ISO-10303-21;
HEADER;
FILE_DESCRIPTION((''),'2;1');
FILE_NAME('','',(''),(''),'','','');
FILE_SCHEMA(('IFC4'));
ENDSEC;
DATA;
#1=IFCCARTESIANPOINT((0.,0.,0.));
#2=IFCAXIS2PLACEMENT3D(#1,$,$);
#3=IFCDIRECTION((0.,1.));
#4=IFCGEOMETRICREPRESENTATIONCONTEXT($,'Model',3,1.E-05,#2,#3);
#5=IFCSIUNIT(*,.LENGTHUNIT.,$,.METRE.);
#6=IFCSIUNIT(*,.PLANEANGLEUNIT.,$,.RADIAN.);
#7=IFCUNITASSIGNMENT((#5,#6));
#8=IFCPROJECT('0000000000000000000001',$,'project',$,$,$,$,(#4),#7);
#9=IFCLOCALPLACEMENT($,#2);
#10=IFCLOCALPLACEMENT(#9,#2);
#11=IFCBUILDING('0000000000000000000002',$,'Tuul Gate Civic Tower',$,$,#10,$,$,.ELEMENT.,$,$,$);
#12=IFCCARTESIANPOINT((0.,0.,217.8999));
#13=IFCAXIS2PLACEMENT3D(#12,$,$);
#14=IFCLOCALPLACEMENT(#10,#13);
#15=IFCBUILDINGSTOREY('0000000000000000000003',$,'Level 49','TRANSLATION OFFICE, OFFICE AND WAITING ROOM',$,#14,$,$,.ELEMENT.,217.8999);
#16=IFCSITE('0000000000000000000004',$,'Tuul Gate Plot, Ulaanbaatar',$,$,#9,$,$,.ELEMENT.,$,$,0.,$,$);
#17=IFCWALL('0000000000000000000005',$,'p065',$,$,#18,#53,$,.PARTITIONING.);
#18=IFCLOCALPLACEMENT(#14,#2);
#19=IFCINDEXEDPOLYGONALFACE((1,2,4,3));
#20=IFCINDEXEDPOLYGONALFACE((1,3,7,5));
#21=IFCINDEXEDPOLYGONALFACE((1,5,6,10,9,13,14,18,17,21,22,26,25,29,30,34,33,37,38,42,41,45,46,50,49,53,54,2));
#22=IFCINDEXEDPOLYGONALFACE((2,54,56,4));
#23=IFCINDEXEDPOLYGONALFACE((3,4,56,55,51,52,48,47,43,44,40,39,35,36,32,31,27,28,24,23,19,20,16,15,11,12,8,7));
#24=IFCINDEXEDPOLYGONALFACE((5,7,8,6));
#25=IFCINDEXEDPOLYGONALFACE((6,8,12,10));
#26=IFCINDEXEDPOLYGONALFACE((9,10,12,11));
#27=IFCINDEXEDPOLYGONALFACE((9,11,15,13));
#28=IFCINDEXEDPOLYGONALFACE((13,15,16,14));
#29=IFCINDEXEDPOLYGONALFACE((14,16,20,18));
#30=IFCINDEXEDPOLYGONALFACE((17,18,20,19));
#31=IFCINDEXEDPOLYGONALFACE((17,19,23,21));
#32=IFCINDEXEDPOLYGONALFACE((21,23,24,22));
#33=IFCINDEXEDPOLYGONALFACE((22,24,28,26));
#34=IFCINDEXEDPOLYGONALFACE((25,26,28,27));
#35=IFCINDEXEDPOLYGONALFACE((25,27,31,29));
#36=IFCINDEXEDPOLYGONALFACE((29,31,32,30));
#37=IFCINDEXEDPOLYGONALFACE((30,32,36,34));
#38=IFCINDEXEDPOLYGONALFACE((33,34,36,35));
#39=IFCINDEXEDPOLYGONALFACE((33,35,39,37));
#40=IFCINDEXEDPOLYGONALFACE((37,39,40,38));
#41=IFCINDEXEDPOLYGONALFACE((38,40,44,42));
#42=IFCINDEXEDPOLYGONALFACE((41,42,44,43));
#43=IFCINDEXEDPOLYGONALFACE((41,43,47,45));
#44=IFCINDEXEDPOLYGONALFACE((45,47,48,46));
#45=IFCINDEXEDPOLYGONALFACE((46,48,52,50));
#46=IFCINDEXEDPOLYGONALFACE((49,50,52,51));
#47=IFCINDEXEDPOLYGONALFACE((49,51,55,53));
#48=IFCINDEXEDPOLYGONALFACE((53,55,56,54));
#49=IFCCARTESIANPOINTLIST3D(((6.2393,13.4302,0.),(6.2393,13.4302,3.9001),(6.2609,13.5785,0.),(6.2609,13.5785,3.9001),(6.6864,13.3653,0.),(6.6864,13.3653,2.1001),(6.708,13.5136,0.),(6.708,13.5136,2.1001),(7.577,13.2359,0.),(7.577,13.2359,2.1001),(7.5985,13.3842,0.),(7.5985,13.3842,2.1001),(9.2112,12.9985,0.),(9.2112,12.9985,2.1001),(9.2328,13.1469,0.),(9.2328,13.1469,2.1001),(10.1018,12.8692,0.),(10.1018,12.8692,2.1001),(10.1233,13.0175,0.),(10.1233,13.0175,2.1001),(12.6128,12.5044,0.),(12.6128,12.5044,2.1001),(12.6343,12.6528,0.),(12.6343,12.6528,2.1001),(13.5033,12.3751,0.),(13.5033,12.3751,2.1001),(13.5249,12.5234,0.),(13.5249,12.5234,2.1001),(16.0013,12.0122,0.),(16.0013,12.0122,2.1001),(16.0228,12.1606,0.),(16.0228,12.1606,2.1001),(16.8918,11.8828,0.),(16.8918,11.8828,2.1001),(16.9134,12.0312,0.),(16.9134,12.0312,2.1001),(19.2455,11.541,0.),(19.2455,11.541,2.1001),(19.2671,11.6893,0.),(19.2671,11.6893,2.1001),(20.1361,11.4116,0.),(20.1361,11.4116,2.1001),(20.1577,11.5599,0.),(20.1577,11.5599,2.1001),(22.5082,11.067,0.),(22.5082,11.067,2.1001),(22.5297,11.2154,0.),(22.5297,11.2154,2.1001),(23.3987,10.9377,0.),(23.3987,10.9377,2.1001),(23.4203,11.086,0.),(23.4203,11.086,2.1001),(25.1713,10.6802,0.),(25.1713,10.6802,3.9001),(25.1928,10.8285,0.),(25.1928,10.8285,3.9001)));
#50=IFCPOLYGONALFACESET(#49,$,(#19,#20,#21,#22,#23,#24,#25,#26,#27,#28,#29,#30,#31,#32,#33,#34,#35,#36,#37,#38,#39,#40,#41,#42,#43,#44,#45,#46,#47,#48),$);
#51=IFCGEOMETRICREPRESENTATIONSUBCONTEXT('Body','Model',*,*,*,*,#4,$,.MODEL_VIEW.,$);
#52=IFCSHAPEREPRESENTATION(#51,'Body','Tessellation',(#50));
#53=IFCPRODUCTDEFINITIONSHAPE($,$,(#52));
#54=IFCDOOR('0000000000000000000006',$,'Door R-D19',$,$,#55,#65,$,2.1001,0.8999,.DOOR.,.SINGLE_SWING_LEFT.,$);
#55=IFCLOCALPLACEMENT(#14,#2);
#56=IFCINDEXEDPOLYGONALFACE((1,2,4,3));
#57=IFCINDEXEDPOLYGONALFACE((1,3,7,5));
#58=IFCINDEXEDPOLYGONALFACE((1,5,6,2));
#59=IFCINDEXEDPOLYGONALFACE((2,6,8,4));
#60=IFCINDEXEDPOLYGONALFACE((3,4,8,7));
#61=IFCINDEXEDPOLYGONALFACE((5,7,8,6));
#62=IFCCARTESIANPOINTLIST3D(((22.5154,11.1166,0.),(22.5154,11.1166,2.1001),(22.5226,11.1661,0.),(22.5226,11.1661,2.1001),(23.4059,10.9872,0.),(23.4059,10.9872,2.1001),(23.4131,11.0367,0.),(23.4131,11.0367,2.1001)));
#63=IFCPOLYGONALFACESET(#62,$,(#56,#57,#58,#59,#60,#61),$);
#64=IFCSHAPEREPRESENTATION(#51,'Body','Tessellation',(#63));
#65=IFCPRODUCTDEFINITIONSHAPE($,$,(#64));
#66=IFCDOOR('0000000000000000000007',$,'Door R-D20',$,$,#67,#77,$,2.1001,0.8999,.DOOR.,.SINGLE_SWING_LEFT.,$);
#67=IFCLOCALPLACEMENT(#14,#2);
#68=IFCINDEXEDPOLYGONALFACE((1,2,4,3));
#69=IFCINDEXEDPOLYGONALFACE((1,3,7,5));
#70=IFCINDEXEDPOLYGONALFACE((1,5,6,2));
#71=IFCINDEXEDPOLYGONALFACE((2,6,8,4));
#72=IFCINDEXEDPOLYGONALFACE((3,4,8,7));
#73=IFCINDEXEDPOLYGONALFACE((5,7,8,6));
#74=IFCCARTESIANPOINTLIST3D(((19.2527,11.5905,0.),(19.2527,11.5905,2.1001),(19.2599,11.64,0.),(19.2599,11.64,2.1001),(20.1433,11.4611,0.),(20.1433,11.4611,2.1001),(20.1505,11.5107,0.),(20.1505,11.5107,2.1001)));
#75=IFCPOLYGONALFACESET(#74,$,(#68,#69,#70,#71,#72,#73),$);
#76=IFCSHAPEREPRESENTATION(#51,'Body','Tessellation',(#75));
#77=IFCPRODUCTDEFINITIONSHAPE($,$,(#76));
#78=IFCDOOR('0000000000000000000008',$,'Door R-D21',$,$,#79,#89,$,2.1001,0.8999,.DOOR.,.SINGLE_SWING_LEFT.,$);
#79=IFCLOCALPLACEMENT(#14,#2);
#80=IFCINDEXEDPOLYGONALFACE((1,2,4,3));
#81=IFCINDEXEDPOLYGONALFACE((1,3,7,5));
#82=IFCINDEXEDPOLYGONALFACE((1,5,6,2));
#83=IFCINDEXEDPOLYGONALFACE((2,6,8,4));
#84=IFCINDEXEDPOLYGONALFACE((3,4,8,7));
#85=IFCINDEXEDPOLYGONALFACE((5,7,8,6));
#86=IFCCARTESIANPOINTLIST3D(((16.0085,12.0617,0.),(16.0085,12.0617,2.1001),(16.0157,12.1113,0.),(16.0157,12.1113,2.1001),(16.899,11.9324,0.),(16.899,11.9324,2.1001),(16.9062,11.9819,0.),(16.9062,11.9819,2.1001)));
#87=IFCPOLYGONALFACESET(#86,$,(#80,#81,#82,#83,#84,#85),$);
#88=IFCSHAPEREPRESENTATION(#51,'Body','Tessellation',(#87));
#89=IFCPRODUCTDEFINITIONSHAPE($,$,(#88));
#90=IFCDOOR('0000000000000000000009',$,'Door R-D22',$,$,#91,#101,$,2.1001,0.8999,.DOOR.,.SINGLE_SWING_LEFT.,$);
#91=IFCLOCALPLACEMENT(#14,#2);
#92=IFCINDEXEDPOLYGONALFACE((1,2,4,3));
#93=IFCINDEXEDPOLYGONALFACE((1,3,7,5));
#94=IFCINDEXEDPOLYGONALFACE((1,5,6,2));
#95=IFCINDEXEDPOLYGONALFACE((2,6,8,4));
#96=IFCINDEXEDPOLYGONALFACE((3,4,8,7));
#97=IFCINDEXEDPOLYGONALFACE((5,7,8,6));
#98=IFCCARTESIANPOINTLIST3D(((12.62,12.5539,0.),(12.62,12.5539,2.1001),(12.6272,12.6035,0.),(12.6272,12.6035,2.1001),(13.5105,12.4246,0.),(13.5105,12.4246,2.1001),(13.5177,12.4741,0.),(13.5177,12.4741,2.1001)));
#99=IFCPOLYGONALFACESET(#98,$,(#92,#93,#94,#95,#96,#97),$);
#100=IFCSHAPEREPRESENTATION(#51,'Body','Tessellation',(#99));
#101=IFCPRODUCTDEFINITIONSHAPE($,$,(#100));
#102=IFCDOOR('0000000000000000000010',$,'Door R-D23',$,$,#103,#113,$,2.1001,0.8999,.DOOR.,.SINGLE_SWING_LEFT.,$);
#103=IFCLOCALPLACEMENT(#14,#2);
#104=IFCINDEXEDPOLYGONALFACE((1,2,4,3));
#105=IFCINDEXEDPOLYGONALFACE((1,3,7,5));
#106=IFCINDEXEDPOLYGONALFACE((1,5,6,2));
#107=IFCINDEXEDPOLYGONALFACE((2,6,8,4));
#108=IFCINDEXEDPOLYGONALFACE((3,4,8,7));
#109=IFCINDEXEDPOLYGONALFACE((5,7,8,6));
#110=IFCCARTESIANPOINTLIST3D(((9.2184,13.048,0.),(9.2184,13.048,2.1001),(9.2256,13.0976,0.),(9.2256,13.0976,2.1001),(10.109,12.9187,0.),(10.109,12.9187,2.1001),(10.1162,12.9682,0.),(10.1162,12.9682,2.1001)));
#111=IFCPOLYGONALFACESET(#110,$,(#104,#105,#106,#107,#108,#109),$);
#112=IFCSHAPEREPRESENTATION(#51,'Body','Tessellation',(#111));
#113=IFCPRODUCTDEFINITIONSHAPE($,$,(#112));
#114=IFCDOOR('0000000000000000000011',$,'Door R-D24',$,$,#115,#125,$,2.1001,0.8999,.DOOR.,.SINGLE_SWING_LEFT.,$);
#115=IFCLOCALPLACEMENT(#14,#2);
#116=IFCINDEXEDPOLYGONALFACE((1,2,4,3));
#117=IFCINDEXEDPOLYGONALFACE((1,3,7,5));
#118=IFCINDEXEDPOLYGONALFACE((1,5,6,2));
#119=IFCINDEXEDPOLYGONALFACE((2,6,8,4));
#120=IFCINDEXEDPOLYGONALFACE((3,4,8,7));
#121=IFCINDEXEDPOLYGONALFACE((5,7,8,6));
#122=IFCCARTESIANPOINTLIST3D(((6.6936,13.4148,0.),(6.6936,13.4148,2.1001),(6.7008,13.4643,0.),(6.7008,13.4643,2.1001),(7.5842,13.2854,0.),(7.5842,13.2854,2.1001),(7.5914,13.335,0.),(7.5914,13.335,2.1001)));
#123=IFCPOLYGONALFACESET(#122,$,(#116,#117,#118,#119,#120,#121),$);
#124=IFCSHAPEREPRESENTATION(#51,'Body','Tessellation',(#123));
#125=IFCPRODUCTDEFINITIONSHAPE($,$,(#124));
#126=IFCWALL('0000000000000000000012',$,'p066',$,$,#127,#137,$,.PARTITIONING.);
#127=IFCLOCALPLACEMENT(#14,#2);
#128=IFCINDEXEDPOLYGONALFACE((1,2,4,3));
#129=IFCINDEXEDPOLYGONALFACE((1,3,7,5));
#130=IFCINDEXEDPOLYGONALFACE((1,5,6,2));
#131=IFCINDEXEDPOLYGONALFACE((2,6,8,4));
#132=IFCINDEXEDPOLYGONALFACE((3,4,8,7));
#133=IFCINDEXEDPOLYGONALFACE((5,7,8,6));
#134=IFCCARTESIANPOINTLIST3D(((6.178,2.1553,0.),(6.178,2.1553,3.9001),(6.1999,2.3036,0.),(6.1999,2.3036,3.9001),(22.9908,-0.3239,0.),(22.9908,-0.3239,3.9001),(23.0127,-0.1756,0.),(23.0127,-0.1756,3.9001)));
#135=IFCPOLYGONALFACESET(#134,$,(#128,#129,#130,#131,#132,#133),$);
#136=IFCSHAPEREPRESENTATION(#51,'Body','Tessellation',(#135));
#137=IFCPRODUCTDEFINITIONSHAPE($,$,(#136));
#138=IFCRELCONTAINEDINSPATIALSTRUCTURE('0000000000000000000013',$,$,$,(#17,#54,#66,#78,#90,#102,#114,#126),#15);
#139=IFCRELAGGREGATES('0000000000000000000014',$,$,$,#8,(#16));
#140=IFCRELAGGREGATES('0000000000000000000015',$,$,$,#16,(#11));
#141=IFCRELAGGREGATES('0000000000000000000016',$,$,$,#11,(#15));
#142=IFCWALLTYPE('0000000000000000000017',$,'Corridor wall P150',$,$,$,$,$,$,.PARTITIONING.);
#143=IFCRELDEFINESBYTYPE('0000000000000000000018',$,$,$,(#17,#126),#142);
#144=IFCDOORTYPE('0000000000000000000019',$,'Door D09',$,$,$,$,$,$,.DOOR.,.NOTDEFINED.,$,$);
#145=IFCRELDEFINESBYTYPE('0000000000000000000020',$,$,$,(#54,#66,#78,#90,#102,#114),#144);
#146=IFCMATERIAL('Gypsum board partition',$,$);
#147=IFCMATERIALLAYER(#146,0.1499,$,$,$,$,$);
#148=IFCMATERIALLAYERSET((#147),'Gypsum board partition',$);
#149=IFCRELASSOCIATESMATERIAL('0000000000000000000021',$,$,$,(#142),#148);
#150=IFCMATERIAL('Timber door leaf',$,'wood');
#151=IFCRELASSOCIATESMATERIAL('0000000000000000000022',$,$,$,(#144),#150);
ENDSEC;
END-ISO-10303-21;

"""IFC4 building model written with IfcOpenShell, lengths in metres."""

from ifc_helpers import new_model, si_unit, direction, frame, frame_2d, origin, place, context, subcontext, project, spatial, rectangle, extrude, material, layer, layer_set, type_object, element, fill, save


model = new_model("IFC4")

# Units and contexts
model_context = context("Model", 3, precision=1e-05, world=origin(), true_north=direction((0.0, 1.0)))
body_context = subcontext(model_context, "Body", "Model", "MODEL_VIEW")
ifc_project = project(units=[si_unit("LENGTHUNIT", "METRE"), si_unit("PLANEANGLEUNIT", "RADIAN")], contexts=[model_context])

# Site, building, storey
site_placement = place(None, origin())
site = spatial("IfcSite", under=ifc_project, at=site_placement, Name="Tuul Gate Plot, Ulaanbaatar", CompositionType="ELEMENT", RefElevation=0.0)
building_placement = place(site_placement, origin())
building = spatial("IfcBuilding", under=site, at=building_placement, Name="Tuul Gate Civic Tower", CompositionType="ELEMENT")
storey_placement = place(building_placement, frame((0.0, 0.0, 217.8999)))
storey = spatial("IfcBuildingStorey", under=building, at=storey_placement, Name="Level 49", Description="TRANSLATION OFFICE, OFFICE AND WAITING ROOM", CompositionType="ELEMENT", Elevation=217.8999)

# Shared definitions
ifc_material_1 = material(Name="Gypsum board partition")
ifc_layer_1 = layer(ifc_material_1, 0.1499)
ifc_layer_set_1 = layer_set([ifc_layer_1], Name="Gypsum board partition")
wall_type_1 = type_object("IfcWallType", Name="Corridor wall P150", PredefinedType="PARTITIONING", material=ifc_layer_set_1)
ifc_material_2 = material(Name="Timber door leaf", Category="wood")
door_type_1 = type_object("IfcDoorType", Name="Door D09", OperationType="NOTDEFINED", PredefinedType="DOOR", material=ifc_material_2)

# Wall, openings, doors
wall_1_placement = place(storey_placement, frame((6.25, 13.5044, 0.0), z_axis=(0.0, 0.0, 1.0), x_axis=(0.989614, -0.143749, 0.0)))
wall_1 = element("IfcWall", 1, at=wall_1_placement, inside=storey, type_object=wall_type_1, Name="p065", PredefinedType="PARTITIONING", context=body_context, shape_type="SweptSolid", body=[
    extrude(rectangle(XDim=19.1306, YDim=0.1499, at=frame_2d((9.5654, 0.0))), origin(), (0.0, 0.0, 1.0), 3.9001),
])
opening_1_placement = place(wall_1_placement, frame((16.4397, 0.0, 0.0)))
opening_1 = element("IfcOpeningElement", 2, at=opening_1_placement, cuts=wall_1, PredefinedType="OPENING", context=body_context, shape_type="SweptSolid", body=[
    extrude(rectangle(XDim=0.8999, YDim=2.1001, at=frame_2d((0.45, 1.05))), frame((0.0, 0.085, 0.0), z_axis=(0.0, -1.0, 0.0), x_axis=(1.0, 0.0, 0.0)), (0.0, 0.0, 1.0), 0.1699),
])
opening_2_placement = place(wall_1_placement, frame((13.1428, 0.0, 0.0)))
opening_2 = element("IfcOpeningElement", 3, at=opening_2_placement, cuts=wall_1, PredefinedType="OPENING", context=body_context, shape_type="SweptSolid", body=[
    extrude(rectangle(XDim=0.8999, YDim=2.1001, at=frame_2d((0.45, 1.05))), frame((0.0, 0.085, 0.0), z_axis=(0.0, -1.0, 0.0), x_axis=(1.0, 0.0, 0.0)), (0.0, 0.0, 1.0), 0.1699),
])
opening_3_placement = place(wall_1_placement, frame((9.8645, 0.0, 0.0)))
opening_3 = element("IfcOpeningElement", 4, at=opening_3_placement, cuts=wall_1, PredefinedType="OPENING", context=body_context, shape_type="SweptSolid", body=[
    extrude(rectangle(XDim=0.8999, YDim=2.1001, at=frame_2d((0.45, 1.05))), frame((0.0, 0.085, 0.0), z_axis=(0.0, -1.0, 0.0), x_axis=(1.0, 0.0, 0.0)), (0.0, 0.0, 1.0), 0.1699),
])
opening_4_placement = place(wall_1_placement, frame((6.4404, 0.0, 0.0)))
opening_4 = element("IfcOpeningElement", 5, at=opening_4_placement, cuts=wall_1, PredefinedType="OPENING", context=body_context, shape_type="SweptSolid", body=[
    extrude(rectangle(XDim=0.8999, YDim=2.1001, at=frame_2d((0.45, 1.05))), frame((0.0, 0.085, 0.0), z_axis=(0.0, -1.0, 0.0), x_axis=(1.0, 0.0, 0.0)), (0.0, 0.0, 1.0), 0.1699),
])
opening_5_placement = place(wall_1_placement, frame((3.0032, 0.0, 0.0)))
opening_5 = element("IfcOpeningElement", 6, at=opening_5_placement, cuts=wall_1, PredefinedType="OPENING", context=body_context, shape_type="SweptSolid", body=[
    extrude(rectangle(XDim=0.8999, YDim=2.1001, at=frame_2d((0.45, 1.05))), frame((0.0, 0.085, 0.0), z_axis=(0.0, -1.0, 0.0), x_axis=(1.0, 0.0, 0.0)), (0.0, 0.0, 1.0), 0.1699),
])
opening_6_placement = place(wall_1_placement, frame((0.4519, 0.0, 0.0)))
opening_6 = element("IfcOpeningElement", 7, at=opening_6_placement, cuts=wall_1, PredefinedType="OPENING", context=body_context, shape_type="SweptSolid", body=[
    extrude(rectangle(XDim=0.8999, YDim=2.1001, at=frame_2d((0.45, 1.05))), frame((0.0, 0.085, 0.0), z_axis=(0.0, -1.0, 0.0), x_axis=(1.0, 0.0, 0.0)), (0.0, 0.0, 1.0), 0.1699),
])
door_1_placement = place(opening_1_placement, frame((0.8999, 0.0, 0.0), z_axis=(0.0, 0.0, 1.0), x_axis=(-1.0, 0.0, 0.0)))
door_1 = element("IfcDoor", 8, at=door_1_placement, inside=storey, type_object=door_type_1, Name="Door R-D19", OperationType="SINGLE_SWING_LEFT", OverallHeight=2.1001, OverallWidth=0.8999, PredefinedType="DOOR", context=body_context, shape_type="SweptSolid", body=[
    extrude(rectangle(XDim=0.8999, YDim=2.1001, at=frame_2d((0.45, 1.05))), frame((0.0, 0.0249, 0.0), z_axis=(0.0, -1.0, 0.0), x_axis=(1.0, 0.0, 0.0)), (0.0, 0.0, 1.0), 0.05),
])
fill(opening_1, door_1)
door_2_placement = place(opening_2_placement, frame((0.8999, 0.0, 0.0), z_axis=(0.0, 0.0, 1.0), x_axis=(-1.0, 0.0, 0.0)))
door_2 = element("IfcDoor", 9, at=door_2_placement, inside=storey, type_object=door_type_1, Name="Door R-D20", OperationType="SINGLE_SWING_LEFT", OverallHeight=2.1001, OverallWidth=0.8999, PredefinedType="DOOR", context=body_context, shape_type="SweptSolid", body=[
    extrude(rectangle(XDim=0.8999, YDim=2.1001, at=frame_2d((0.45, 1.05))), frame((0.0, 0.0249, 0.0), z_axis=(0.0, -1.0, 0.0), x_axis=(1.0, 0.0, 0.0)), (0.0, 0.0, 1.0), 0.05),
])
fill(opening_2, door_2)
door_3_placement = place(opening_3_placement, frame((0.8999, 0.0, 0.0), z_axis=(0.0, 0.0, 1.0), x_axis=(-1.0, 0.0, 0.0)))
door_3 = element("IfcDoor", 10, at=door_3_placement, inside=storey, type_object=door_type_1, Name="Door R-D21", OperationType="SINGLE_SWING_LEFT", OverallHeight=2.1001, OverallWidth=0.8999, PredefinedType="DOOR", context=body_context, shape_type="SweptSolid", body=[
    extrude(rectangle(XDim=0.8999, YDim=2.1001, at=frame_2d((0.45, 1.05))), frame((0.0, 0.0249, 0.0), z_axis=(0.0, -1.0, 0.0), x_axis=(1.0, 0.0, 0.0)), (0.0, 0.0, 1.0), 0.05),
])
fill(opening_3, door_3)
door_4_placement = place(opening_4_placement, frame((0.8999, 0.0, 0.0), z_axis=(0.0, 0.0, 1.0), x_axis=(-1.0, 0.0, 0.0)))
door_4 = element("IfcDoor", 11, at=door_4_placement, inside=storey, type_object=door_type_1, Name="Door R-D22", OperationType="SINGLE_SWING_LEFT", OverallHeight=2.1001, OverallWidth=0.8999, PredefinedType="DOOR", context=body_context, shape_type="SweptSolid", body=[
    extrude(rectangle(XDim=0.8999, YDim=2.1001, at=frame_2d((0.45, 1.05))), frame((0.0, 0.0249, 0.0), z_axis=(0.0, -1.0, 0.0), x_axis=(1.0, 0.0, 0.0)), (0.0, 0.0, 1.0), 0.05),
])
fill(opening_4, door_4)
door_5_placement = place(opening_5_placement, frame((0.8999, 0.0, 0.0), z_axis=(0.0, 0.0, 1.0), x_axis=(-1.0, 0.0, 0.0)))
door_5 = element("IfcDoor", 12, at=door_5_placement, inside=storey, type_object=door_type_1, Name="Door R-D23", OperationType="SINGLE_SWING_LEFT", OverallHeight=2.1001, OverallWidth=0.8999, PredefinedType="DOOR", context=body_context, shape_type="SweptSolid", body=[
    extrude(rectangle(XDim=0.8999, YDim=2.1001, at=frame_2d((0.45, 1.05))), frame((0.0, 0.0249, 0.0), z_axis=(0.0, -1.0, 0.0), x_axis=(1.0, 0.0, 0.0)), (0.0, 0.0, 1.0), 0.05),
])
fill(opening_5, door_5)
door_6_placement = place(opening_6_placement, frame((0.8999, 0.0, 0.0), z_axis=(0.0, 0.0, 1.0), x_axis=(-1.0, 0.0, 0.0)))
door_6 = element("IfcDoor", 13, at=door_6_placement, inside=storey, type_object=door_type_1, Name="Door R-D24", OperationType="SINGLE_SWING_LEFT", OverallHeight=2.1001, OverallWidth=0.8999, PredefinedType="DOOR", context=body_context, shape_type="SweptSolid", body=[
    extrude(rectangle(XDim=0.8999, YDim=2.1001, at=frame_2d((0.45, 1.05))), frame((0.0, 0.0249, 0.0), z_axis=(0.0, -1.0, 0.0), x_axis=(1.0, 0.0, 0.0)), (0.0, 0.0, 1.0), 0.05),
])
fill(opening_6, door_6)

# Wall
wall_2_placement = place(storey_placement, frame((6.189, 2.2295, 0.0), z_axis=(0.0, 0.0, 1.0), x_axis=(0.989302, -0.145885, 0.0)))
element("IfcWall", 14, at=wall_2_placement, inside=storey, type_object=wall_type_1, Name="p066", PredefinedType="PARTITIONING", context=body_context, shape_type="SweptSolid", body=[
    extrude(rectangle(XDim=16.9946, YDim=0.1499, at=frame_2d((8.4973, 0.0))), origin(), (0.0, 0.0, 1.0), 3.9001),
])

save(model, "model.ifc")
